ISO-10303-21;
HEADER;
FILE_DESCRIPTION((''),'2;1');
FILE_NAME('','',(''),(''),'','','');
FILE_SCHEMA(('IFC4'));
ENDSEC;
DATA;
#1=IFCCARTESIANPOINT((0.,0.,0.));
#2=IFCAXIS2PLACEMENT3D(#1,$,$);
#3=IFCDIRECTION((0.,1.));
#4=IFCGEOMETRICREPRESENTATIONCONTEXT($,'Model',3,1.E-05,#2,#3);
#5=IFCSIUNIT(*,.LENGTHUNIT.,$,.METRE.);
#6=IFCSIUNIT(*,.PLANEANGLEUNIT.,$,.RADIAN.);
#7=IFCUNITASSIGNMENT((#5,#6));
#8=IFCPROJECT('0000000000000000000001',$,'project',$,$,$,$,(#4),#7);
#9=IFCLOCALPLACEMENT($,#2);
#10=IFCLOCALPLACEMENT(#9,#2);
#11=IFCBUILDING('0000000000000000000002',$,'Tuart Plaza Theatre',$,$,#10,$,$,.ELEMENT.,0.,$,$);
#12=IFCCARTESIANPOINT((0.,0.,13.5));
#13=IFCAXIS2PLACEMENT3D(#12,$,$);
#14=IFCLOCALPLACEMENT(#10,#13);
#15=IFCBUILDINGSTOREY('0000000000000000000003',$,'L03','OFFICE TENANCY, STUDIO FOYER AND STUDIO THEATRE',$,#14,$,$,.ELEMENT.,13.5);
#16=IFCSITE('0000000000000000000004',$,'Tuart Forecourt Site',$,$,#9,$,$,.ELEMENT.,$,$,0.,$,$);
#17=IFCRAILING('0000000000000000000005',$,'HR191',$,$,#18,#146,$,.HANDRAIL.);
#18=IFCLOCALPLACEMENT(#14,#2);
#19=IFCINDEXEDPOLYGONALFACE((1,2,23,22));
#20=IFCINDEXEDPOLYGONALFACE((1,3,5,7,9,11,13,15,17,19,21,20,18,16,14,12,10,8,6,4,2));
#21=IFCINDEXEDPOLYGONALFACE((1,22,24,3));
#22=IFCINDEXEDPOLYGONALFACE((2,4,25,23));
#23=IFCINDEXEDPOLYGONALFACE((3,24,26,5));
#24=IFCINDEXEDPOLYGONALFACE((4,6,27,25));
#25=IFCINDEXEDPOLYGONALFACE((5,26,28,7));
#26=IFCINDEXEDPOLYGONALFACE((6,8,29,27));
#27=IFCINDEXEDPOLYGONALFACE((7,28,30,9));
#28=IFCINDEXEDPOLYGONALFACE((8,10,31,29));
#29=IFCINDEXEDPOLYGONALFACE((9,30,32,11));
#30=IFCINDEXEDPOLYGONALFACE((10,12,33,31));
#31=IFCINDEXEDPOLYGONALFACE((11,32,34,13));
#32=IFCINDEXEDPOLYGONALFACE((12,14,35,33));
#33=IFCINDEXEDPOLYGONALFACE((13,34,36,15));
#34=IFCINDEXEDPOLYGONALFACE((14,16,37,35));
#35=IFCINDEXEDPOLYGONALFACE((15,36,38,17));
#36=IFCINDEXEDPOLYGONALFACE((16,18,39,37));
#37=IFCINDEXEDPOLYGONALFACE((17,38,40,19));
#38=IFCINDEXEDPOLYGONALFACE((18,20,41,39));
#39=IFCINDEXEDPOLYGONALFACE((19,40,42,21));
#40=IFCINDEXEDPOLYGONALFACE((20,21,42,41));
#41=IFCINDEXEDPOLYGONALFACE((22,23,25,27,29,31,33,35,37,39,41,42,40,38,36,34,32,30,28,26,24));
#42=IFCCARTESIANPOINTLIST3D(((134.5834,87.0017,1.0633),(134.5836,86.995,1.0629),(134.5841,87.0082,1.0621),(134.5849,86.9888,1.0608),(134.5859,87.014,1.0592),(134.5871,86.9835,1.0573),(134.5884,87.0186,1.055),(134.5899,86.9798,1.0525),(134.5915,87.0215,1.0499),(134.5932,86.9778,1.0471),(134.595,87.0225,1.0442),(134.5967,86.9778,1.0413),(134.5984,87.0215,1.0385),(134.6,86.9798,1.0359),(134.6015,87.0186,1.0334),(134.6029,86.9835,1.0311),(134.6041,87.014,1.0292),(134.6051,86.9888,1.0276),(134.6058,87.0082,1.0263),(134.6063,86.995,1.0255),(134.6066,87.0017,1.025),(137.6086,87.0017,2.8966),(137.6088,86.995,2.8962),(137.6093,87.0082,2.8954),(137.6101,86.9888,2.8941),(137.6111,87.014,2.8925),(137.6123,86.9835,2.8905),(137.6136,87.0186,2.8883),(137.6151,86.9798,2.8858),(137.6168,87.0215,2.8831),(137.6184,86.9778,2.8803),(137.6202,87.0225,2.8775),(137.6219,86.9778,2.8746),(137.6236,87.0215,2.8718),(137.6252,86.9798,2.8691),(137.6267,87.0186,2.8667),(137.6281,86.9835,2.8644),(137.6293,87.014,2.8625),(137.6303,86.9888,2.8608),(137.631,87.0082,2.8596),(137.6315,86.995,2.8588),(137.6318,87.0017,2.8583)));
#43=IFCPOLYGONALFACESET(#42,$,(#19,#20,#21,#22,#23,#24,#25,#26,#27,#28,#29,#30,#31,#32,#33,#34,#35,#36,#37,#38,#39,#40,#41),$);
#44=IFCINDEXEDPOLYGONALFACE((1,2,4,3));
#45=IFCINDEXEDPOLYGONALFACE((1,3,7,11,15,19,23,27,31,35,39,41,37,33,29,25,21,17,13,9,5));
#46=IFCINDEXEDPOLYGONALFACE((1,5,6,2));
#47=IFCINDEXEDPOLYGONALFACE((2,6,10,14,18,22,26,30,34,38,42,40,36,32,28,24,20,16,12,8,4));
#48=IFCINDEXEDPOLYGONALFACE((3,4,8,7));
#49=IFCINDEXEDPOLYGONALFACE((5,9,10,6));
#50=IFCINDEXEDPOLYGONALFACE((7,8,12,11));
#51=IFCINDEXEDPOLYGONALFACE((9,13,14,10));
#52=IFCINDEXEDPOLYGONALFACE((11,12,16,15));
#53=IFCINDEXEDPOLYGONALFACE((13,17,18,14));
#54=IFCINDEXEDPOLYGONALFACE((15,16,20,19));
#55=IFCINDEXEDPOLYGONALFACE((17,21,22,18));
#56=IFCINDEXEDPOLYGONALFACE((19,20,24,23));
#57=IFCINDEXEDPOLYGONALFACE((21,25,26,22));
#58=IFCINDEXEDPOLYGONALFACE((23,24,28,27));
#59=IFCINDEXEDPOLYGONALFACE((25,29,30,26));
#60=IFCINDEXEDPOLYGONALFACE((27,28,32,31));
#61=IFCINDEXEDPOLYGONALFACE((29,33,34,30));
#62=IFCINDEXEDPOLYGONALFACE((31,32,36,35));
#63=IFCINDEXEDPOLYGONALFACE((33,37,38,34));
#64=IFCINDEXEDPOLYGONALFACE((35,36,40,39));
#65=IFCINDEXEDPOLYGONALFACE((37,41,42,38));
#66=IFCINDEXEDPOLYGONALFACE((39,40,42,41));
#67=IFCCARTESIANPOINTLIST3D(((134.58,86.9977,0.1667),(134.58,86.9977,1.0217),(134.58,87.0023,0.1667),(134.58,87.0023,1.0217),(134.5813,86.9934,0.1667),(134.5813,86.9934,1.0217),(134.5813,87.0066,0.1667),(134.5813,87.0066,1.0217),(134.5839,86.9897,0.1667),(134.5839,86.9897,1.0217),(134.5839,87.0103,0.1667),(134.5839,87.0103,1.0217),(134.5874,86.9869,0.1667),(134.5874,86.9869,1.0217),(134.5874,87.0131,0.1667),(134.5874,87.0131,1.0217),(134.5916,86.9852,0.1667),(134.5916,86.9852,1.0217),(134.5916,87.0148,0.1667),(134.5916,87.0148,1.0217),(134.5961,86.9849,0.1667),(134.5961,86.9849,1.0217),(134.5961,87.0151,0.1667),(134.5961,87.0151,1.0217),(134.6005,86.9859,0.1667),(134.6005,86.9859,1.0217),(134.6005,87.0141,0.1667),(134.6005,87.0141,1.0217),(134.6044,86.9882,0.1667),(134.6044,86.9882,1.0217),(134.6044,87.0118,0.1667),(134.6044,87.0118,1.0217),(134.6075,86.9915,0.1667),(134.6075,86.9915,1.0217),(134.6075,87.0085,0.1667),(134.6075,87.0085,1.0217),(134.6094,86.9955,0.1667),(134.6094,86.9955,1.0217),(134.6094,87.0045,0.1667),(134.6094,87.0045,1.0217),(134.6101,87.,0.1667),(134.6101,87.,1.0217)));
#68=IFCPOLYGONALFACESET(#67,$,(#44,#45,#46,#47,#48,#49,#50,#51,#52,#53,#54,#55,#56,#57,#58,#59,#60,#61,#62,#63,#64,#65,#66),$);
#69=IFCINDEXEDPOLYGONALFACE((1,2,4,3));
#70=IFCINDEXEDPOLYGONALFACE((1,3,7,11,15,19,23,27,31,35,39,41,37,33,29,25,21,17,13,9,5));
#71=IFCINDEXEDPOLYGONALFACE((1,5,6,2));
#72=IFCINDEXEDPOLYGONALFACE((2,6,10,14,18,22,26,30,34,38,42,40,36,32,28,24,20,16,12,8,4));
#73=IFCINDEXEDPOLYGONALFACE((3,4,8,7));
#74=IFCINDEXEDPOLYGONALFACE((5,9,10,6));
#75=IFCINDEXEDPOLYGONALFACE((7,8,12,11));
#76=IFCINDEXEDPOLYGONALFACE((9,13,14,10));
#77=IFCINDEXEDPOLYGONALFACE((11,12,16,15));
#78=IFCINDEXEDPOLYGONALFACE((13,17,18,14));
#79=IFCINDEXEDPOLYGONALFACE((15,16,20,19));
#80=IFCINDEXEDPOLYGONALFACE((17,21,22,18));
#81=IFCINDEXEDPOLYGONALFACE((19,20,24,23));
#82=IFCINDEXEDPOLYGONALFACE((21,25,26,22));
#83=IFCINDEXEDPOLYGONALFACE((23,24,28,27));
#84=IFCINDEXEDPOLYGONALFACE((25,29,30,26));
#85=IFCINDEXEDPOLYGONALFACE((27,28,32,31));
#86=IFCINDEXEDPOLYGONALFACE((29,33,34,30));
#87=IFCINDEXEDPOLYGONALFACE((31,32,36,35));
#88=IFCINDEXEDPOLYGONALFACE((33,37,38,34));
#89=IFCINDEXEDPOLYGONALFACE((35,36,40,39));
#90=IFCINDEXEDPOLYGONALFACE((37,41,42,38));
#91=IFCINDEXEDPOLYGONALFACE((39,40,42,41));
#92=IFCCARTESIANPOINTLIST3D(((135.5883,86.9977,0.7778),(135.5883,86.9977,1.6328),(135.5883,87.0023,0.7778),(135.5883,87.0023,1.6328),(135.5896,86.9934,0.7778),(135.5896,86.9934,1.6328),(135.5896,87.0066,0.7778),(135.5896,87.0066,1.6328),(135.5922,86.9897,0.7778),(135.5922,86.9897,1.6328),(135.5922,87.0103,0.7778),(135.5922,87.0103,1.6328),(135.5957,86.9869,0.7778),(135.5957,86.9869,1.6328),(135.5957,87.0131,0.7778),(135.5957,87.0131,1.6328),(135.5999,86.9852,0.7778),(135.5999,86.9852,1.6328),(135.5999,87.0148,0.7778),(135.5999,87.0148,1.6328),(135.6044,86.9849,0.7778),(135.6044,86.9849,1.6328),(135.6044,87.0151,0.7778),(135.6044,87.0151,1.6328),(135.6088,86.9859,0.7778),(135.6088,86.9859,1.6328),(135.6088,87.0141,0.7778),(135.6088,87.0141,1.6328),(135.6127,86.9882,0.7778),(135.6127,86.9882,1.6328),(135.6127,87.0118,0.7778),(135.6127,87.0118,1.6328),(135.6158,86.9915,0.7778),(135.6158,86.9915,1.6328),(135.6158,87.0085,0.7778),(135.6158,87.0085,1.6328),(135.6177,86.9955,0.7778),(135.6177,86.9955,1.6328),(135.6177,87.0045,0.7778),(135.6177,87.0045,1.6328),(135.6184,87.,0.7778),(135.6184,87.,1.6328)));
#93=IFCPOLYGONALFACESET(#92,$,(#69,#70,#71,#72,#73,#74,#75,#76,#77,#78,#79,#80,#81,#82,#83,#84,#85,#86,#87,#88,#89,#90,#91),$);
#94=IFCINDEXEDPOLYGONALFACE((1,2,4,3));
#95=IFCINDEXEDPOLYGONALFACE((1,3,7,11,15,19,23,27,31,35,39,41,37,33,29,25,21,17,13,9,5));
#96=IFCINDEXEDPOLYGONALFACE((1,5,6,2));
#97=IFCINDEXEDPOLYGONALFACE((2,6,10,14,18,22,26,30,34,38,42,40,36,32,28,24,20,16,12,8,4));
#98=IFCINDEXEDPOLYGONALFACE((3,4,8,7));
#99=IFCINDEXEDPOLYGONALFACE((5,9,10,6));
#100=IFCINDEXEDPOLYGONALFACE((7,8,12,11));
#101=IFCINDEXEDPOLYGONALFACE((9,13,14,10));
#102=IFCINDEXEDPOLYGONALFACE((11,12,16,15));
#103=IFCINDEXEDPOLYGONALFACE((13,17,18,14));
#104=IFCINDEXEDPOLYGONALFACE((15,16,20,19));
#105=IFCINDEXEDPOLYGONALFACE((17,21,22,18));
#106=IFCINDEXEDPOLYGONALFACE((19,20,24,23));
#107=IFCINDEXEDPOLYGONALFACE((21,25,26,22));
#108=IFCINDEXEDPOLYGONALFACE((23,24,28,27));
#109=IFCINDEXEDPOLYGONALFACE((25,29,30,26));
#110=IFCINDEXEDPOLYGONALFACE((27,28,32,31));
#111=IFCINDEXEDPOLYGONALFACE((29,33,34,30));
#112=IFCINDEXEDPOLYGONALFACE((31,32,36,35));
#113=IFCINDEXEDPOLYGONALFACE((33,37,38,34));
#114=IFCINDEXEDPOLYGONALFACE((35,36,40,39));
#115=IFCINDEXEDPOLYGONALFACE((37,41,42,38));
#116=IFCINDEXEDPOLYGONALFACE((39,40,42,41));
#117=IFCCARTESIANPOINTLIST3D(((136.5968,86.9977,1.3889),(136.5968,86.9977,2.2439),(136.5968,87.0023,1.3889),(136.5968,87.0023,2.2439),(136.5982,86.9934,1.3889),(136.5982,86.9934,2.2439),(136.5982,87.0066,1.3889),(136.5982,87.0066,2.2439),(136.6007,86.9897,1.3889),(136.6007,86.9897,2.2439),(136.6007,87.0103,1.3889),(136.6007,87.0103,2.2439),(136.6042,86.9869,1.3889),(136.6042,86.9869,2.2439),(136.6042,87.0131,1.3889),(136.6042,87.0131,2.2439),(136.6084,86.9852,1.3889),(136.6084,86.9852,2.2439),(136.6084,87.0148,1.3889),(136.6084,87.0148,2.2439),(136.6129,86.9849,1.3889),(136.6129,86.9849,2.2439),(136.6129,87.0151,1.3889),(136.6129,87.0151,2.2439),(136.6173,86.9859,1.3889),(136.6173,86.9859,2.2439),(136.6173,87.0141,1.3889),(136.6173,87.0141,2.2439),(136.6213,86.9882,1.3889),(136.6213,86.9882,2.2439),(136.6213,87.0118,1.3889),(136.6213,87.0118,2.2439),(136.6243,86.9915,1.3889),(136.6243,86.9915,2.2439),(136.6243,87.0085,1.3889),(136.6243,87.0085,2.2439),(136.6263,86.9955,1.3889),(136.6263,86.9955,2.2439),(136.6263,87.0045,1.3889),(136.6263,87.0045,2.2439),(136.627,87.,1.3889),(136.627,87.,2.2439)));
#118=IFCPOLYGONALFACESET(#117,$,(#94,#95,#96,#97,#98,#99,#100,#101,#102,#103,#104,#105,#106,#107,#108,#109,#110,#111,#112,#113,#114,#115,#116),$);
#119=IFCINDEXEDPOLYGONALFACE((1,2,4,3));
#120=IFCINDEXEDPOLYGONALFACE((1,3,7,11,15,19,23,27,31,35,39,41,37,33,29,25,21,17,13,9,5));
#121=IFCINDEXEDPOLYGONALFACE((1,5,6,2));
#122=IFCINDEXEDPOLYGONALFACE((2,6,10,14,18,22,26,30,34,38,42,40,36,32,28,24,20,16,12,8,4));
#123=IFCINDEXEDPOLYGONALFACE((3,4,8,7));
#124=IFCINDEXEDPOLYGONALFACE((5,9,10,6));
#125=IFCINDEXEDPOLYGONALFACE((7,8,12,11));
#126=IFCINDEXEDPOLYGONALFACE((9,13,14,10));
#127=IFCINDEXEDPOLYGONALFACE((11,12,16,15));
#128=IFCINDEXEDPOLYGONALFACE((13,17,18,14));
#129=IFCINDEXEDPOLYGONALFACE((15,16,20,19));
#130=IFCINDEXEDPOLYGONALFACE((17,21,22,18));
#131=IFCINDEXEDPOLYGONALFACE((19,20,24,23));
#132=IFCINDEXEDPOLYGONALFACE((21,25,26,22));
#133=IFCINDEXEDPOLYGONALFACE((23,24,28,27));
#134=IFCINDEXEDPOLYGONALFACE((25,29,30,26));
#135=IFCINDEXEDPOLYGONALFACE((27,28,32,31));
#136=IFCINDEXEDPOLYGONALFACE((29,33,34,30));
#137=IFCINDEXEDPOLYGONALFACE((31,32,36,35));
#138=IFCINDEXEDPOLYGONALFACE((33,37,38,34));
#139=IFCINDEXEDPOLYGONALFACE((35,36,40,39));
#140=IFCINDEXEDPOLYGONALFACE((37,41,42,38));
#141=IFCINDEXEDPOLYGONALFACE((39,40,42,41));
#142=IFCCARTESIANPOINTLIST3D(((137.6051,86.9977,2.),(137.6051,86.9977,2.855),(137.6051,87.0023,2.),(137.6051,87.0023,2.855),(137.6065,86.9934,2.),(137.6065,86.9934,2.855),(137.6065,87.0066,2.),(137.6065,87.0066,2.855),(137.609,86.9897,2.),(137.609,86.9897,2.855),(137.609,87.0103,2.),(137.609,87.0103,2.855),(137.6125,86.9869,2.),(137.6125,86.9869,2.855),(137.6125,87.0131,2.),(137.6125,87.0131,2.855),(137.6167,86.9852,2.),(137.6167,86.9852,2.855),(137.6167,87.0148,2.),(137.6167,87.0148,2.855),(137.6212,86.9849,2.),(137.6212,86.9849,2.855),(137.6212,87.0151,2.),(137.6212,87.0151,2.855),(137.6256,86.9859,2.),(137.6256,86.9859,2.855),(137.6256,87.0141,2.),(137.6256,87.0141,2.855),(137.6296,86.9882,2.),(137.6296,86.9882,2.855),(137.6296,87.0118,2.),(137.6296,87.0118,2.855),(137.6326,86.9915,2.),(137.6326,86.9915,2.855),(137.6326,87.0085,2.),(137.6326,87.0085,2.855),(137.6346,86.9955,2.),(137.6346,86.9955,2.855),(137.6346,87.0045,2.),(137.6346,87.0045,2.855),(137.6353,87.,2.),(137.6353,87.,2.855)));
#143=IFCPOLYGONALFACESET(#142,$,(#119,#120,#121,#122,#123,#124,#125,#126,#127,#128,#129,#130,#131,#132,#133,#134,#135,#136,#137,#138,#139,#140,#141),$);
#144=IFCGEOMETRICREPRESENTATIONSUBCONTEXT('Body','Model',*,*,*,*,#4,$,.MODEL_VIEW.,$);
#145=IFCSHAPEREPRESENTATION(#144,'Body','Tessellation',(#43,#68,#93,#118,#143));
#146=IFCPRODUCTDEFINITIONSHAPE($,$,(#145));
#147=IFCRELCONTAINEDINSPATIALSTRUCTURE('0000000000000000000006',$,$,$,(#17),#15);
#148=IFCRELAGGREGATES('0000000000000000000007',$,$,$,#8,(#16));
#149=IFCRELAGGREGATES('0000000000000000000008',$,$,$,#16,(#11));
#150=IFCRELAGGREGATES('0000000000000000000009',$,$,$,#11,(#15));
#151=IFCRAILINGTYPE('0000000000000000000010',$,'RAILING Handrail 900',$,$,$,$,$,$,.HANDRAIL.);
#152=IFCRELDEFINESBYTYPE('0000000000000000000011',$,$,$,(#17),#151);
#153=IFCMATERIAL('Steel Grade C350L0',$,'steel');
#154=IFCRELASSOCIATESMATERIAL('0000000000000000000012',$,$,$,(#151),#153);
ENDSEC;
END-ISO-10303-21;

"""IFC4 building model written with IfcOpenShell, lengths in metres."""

from ifc_helpers import new_model, si_unit, direction, frame, origin, origin_2d, place, context, subcontext, project, spatial, circle, extrude, material, type_object, element, save


model = new_model("IFC4")

# Units and contexts
model_context = context("Model", 3, precision=1e-05, world=origin(), true_north=direction((0.0, 1.0)))
body_context = subcontext(model_context, "Body", "Model", "MODEL_VIEW")
ifc_project = project(units=[si_unit("LENGTHUNIT", "METRE"), si_unit("PLANEANGLEUNIT", "RADIAN")], contexts=[model_context])

# Site, building, storey
site_placement = place(None, origin())
site = spatial("IfcSite", under=ifc_project, at=site_placement, Name="Tuart Forecourt Site", CompositionType="ELEMENT", RefElevation=0.0)
building_placement = place(site_placement, origin())
building = spatial("IfcBuilding", under=site, at=building_placement, Name="Tuart Plaza Theatre", CompositionType="ELEMENT", ElevationOfRefHeight=0.0)
storey_placement = place(building_placement, frame((0.0, 0.0, 13.5)))
storey = spatial("IfcBuildingStorey", under=building, at=storey_placement, Name="L03", Description="OFFICE TENANCY, STUDIO FOYER AND STUDIO THEATRE", CompositionType="ELEMENT", Elevation=13.5)

# Railing
ifc_material_1 = material(Name="Steel Grade C350L0", Category="steel")
railing_type_1 = type_object("IfcRailingType", Name="RAILING Handrail 900", PredefinedType="HANDRAIL", material=ifc_material_1)
for number, where, name in (
    (1, (134.595, 87.0, 0.1667), "HR191"),
):
    element("IfcRailing", number, at=place(storey_placement, frame(where)), inside=storey, type_object=railing_type_1, Name=name, PredefinedType="HANDRAIL", context=body_context, shape_type="SweptSolid", body=[
        extrude(circle(Radius=0.0225, at=origin_2d()), frame((0.0, 0.0, 0.8774), z_axis=(0.855219, 0.0, 0.518267), x_axis=(0.0, 1.0, 0.0)), (0.0, 0.0, 1.0), 3.5374),
        extrude(circle(Radius=0.0151, at=origin_2d()), origin(), (0.0, 0.0, 1.0), 0.855),
        extrude(circle(Radius=0.0151, at=origin_2d()), frame((1.0083, 0.0, 0.6111)), (0.0, 0.0, 1.0), 0.855),
        extrude(circle(Radius=0.0151, at=origin_2d()), frame((2.0168, 0.0, 1.2222)), (0.0, 0.0, 1.0), 0.855),
        extrude(circle(Radius=0.0151, at=origin_2d()), frame((3.0251, 0.0, 1.8333)), (0.0, 0.0, 1.0), 0.855),
    ])

save(model, "model.ifc")
